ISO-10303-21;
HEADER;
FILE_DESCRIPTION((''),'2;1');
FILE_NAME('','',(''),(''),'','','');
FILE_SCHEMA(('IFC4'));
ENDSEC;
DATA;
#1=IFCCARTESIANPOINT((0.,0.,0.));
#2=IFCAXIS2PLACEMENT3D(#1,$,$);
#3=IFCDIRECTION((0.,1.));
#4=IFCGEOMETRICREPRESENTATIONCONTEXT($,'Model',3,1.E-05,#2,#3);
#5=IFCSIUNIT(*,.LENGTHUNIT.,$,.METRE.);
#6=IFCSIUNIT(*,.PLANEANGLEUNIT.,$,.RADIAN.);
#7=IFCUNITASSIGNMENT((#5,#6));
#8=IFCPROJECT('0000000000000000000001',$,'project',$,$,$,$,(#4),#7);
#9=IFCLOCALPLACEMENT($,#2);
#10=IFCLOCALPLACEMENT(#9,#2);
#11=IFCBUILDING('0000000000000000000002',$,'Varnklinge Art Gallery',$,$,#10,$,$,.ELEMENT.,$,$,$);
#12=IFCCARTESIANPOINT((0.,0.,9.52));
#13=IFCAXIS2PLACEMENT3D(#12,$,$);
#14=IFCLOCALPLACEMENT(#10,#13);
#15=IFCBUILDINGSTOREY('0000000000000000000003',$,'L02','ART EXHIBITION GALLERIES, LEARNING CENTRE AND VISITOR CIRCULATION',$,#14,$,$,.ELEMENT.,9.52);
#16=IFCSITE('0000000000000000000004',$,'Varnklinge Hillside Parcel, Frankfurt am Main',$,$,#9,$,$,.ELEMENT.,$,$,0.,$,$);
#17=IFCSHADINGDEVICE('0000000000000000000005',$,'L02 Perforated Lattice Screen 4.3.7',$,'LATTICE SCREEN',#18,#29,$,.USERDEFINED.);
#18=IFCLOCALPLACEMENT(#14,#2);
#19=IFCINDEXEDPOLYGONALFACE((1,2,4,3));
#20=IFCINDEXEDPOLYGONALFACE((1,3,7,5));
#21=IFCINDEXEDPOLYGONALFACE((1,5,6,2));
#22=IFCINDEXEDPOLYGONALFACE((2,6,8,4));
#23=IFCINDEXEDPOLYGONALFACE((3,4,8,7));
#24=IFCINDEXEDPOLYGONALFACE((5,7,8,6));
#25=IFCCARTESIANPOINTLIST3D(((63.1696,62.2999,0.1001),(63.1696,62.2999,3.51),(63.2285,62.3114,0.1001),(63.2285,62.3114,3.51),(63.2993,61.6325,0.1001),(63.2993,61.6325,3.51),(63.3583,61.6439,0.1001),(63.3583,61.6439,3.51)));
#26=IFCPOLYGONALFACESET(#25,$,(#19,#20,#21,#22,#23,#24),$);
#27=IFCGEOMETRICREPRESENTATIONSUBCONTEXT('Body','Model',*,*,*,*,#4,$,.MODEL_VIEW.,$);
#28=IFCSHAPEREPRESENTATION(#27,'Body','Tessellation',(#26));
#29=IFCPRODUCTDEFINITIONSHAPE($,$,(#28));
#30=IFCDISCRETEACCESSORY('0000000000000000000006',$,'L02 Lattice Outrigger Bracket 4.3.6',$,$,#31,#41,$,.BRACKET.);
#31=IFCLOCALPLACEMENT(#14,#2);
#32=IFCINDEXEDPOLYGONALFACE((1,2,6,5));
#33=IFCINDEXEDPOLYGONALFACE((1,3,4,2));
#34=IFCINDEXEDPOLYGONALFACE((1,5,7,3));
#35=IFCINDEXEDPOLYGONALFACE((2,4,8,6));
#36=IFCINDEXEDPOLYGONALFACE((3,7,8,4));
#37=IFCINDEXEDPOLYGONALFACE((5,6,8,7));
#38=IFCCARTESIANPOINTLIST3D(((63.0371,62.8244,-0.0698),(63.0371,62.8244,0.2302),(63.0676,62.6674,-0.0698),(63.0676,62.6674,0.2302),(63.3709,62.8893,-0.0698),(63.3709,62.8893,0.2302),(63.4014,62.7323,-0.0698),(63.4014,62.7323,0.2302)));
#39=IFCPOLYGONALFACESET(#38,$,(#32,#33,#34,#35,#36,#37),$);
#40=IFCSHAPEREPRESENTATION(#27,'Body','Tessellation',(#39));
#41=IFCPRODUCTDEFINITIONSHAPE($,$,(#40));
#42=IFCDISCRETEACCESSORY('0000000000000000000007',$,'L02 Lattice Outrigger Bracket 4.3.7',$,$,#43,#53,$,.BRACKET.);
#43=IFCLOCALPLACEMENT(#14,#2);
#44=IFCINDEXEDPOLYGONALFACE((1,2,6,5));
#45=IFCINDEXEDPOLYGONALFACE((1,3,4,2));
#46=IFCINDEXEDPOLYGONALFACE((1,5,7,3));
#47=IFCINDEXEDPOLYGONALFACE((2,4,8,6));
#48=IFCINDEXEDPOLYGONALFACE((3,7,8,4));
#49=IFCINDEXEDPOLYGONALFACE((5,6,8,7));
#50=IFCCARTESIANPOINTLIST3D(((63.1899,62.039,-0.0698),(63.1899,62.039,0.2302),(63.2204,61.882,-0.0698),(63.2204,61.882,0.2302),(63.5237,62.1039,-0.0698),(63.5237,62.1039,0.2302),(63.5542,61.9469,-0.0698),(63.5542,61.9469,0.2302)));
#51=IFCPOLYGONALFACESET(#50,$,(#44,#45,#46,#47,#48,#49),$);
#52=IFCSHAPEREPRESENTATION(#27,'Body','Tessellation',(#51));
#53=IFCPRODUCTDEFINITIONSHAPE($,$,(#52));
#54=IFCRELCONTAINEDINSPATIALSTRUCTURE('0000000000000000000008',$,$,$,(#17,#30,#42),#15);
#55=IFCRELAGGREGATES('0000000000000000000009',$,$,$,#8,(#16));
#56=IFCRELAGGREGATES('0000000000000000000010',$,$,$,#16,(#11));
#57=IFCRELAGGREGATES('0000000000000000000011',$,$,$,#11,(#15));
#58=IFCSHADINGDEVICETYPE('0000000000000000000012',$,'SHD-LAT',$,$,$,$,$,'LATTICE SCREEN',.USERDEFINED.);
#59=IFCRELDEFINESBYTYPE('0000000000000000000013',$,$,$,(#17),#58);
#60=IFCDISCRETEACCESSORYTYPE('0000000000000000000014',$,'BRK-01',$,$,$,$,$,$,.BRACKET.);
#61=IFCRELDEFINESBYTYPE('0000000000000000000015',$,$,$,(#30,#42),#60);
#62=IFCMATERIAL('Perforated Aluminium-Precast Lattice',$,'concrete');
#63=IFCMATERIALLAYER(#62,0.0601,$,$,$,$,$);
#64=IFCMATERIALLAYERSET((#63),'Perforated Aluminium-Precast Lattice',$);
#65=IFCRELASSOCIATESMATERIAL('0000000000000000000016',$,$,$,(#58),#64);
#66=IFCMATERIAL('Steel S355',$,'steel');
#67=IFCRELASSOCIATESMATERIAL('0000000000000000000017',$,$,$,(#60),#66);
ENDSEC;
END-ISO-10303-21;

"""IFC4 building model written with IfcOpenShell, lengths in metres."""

from ifc_helpers import new_model, si_unit, direction, frame, origin, origin_2d, place, context, subcontext, project, spatial, rectangle, extrude, material, layer, layer_set, type_object, element, save


model = new_model("IFC4")

# Units and contexts
model_context = context("Model", 3, precision=1e-05, world=origin(), true_north=direction((0.0, 1.0)))
body_context = subcontext(model_context, "Body", "Model", "MODEL_VIEW")
ifc_project = project(units=[si_unit("LENGTHUNIT", "METRE"), si_unit("PLANEANGLEUNIT", "RADIAN")], contexts=[model_context])

# Site, building, storey
site_placement = place(None, origin())
site = spatial("IfcSite", under=ifc_project, at=site_placement, Name="Varnklinge Hillside Parcel, Frankfurt am Main", CompositionType="ELEMENT", RefElevation=0.0)
building_placement = place(site_placement, origin())
building = spatial("IfcBuilding", under=site, at=building_placement, Name="Varnklinge Art Gallery", CompositionType="ELEMENT")
storey_placement = place(building_placement, frame((0.0, 0.0, 9.52)))
storey = spatial("IfcBuildingStorey", under=building, at=storey_placement, Name="L02", Description="ART EXHIBITION GALLERIES, LEARNING CENTRE AND VISITOR CIRCULATION", CompositionType="ELEMENT", Elevation=9.52)

# Shading device
ifc_material_1 = material(Name="Perforated Aluminium-Precast Lattice", Category="concrete")
ifc_layer_1 = layer(ifc_material_1, 0.0601)
ifc_layer_set_1 = layer_set([ifc_layer_1], Name="Perforated Aluminium-Precast Lattice")
shading_device_type = type_object("IfcShadingDeviceType", Name="SHD-LAT", ElementType="LATTICE SCREEN", PredefinedType="USERDEFINED", material=ifc_layer_set_1)
for number, where, z_axis, x_axis, name in (
    (1, (63.2639, 61.9719, 0.1001), (0.0, 0.0, 1.0), (0.190809, -0.981627, 0.0), "L02 Perforated Lattice Screen 4.3.7"),
):
    element("IfcShadingDevice", number, at=place(storey_placement, frame(where, z_axis=z_axis, x_axis=x_axis)), inside=storey, type_object=shading_device_type, Name=name, ObjectType="LATTICE SCREEN", PredefinedType="USERDEFINED", context=body_context, shape_type="SweptSolid", body=[
        extrude(rectangle(XDim=0.6799, YDim=0.0601, at=origin_2d()), origin(), (0.0, 0.0, 1.0), 3.4099),
    ])

# Discrete accessories
ifc_material_2 = material(Name="Steel S355", Category="steel")
discrete_accessory_type = type_object("IfcDiscreteAccessoryType", Name="BRK-01", PredefinedType="BRACKET", material=ifc_material_2)
for number, where, z_axis, x_axis, name in (
    (2, (63.2192, 62.7783, -0.0698), (0.0, 0.0, 1.0), (0.190809, -0.981627, 0.0), "L02 Lattice Outrigger Bracket 4.3.6"),
    (3, (63.3721, 61.9929, -0.0698), (0.0, 0.0, 1.0), (0.190809, -0.981627, 0.0), "L02 Lattice Outrigger Bracket 4.3.7"),
):
    element("IfcDiscreteAccessory", number, at=place(storey_placement, frame(where, z_axis=z_axis, x_axis=x_axis)), inside=storey, type_object=discrete_accessory_type, Name=name, PredefinedType="BRACKET", context=body_context, shape_type="SweptSolid", body=[
        extrude(rectangle(XDim=0.1599, YDim=0.3401, at=origin_2d()), origin(), (0.0, 0.0, 1.0), 0.3),
    ])

save(model, "model.ifc")
